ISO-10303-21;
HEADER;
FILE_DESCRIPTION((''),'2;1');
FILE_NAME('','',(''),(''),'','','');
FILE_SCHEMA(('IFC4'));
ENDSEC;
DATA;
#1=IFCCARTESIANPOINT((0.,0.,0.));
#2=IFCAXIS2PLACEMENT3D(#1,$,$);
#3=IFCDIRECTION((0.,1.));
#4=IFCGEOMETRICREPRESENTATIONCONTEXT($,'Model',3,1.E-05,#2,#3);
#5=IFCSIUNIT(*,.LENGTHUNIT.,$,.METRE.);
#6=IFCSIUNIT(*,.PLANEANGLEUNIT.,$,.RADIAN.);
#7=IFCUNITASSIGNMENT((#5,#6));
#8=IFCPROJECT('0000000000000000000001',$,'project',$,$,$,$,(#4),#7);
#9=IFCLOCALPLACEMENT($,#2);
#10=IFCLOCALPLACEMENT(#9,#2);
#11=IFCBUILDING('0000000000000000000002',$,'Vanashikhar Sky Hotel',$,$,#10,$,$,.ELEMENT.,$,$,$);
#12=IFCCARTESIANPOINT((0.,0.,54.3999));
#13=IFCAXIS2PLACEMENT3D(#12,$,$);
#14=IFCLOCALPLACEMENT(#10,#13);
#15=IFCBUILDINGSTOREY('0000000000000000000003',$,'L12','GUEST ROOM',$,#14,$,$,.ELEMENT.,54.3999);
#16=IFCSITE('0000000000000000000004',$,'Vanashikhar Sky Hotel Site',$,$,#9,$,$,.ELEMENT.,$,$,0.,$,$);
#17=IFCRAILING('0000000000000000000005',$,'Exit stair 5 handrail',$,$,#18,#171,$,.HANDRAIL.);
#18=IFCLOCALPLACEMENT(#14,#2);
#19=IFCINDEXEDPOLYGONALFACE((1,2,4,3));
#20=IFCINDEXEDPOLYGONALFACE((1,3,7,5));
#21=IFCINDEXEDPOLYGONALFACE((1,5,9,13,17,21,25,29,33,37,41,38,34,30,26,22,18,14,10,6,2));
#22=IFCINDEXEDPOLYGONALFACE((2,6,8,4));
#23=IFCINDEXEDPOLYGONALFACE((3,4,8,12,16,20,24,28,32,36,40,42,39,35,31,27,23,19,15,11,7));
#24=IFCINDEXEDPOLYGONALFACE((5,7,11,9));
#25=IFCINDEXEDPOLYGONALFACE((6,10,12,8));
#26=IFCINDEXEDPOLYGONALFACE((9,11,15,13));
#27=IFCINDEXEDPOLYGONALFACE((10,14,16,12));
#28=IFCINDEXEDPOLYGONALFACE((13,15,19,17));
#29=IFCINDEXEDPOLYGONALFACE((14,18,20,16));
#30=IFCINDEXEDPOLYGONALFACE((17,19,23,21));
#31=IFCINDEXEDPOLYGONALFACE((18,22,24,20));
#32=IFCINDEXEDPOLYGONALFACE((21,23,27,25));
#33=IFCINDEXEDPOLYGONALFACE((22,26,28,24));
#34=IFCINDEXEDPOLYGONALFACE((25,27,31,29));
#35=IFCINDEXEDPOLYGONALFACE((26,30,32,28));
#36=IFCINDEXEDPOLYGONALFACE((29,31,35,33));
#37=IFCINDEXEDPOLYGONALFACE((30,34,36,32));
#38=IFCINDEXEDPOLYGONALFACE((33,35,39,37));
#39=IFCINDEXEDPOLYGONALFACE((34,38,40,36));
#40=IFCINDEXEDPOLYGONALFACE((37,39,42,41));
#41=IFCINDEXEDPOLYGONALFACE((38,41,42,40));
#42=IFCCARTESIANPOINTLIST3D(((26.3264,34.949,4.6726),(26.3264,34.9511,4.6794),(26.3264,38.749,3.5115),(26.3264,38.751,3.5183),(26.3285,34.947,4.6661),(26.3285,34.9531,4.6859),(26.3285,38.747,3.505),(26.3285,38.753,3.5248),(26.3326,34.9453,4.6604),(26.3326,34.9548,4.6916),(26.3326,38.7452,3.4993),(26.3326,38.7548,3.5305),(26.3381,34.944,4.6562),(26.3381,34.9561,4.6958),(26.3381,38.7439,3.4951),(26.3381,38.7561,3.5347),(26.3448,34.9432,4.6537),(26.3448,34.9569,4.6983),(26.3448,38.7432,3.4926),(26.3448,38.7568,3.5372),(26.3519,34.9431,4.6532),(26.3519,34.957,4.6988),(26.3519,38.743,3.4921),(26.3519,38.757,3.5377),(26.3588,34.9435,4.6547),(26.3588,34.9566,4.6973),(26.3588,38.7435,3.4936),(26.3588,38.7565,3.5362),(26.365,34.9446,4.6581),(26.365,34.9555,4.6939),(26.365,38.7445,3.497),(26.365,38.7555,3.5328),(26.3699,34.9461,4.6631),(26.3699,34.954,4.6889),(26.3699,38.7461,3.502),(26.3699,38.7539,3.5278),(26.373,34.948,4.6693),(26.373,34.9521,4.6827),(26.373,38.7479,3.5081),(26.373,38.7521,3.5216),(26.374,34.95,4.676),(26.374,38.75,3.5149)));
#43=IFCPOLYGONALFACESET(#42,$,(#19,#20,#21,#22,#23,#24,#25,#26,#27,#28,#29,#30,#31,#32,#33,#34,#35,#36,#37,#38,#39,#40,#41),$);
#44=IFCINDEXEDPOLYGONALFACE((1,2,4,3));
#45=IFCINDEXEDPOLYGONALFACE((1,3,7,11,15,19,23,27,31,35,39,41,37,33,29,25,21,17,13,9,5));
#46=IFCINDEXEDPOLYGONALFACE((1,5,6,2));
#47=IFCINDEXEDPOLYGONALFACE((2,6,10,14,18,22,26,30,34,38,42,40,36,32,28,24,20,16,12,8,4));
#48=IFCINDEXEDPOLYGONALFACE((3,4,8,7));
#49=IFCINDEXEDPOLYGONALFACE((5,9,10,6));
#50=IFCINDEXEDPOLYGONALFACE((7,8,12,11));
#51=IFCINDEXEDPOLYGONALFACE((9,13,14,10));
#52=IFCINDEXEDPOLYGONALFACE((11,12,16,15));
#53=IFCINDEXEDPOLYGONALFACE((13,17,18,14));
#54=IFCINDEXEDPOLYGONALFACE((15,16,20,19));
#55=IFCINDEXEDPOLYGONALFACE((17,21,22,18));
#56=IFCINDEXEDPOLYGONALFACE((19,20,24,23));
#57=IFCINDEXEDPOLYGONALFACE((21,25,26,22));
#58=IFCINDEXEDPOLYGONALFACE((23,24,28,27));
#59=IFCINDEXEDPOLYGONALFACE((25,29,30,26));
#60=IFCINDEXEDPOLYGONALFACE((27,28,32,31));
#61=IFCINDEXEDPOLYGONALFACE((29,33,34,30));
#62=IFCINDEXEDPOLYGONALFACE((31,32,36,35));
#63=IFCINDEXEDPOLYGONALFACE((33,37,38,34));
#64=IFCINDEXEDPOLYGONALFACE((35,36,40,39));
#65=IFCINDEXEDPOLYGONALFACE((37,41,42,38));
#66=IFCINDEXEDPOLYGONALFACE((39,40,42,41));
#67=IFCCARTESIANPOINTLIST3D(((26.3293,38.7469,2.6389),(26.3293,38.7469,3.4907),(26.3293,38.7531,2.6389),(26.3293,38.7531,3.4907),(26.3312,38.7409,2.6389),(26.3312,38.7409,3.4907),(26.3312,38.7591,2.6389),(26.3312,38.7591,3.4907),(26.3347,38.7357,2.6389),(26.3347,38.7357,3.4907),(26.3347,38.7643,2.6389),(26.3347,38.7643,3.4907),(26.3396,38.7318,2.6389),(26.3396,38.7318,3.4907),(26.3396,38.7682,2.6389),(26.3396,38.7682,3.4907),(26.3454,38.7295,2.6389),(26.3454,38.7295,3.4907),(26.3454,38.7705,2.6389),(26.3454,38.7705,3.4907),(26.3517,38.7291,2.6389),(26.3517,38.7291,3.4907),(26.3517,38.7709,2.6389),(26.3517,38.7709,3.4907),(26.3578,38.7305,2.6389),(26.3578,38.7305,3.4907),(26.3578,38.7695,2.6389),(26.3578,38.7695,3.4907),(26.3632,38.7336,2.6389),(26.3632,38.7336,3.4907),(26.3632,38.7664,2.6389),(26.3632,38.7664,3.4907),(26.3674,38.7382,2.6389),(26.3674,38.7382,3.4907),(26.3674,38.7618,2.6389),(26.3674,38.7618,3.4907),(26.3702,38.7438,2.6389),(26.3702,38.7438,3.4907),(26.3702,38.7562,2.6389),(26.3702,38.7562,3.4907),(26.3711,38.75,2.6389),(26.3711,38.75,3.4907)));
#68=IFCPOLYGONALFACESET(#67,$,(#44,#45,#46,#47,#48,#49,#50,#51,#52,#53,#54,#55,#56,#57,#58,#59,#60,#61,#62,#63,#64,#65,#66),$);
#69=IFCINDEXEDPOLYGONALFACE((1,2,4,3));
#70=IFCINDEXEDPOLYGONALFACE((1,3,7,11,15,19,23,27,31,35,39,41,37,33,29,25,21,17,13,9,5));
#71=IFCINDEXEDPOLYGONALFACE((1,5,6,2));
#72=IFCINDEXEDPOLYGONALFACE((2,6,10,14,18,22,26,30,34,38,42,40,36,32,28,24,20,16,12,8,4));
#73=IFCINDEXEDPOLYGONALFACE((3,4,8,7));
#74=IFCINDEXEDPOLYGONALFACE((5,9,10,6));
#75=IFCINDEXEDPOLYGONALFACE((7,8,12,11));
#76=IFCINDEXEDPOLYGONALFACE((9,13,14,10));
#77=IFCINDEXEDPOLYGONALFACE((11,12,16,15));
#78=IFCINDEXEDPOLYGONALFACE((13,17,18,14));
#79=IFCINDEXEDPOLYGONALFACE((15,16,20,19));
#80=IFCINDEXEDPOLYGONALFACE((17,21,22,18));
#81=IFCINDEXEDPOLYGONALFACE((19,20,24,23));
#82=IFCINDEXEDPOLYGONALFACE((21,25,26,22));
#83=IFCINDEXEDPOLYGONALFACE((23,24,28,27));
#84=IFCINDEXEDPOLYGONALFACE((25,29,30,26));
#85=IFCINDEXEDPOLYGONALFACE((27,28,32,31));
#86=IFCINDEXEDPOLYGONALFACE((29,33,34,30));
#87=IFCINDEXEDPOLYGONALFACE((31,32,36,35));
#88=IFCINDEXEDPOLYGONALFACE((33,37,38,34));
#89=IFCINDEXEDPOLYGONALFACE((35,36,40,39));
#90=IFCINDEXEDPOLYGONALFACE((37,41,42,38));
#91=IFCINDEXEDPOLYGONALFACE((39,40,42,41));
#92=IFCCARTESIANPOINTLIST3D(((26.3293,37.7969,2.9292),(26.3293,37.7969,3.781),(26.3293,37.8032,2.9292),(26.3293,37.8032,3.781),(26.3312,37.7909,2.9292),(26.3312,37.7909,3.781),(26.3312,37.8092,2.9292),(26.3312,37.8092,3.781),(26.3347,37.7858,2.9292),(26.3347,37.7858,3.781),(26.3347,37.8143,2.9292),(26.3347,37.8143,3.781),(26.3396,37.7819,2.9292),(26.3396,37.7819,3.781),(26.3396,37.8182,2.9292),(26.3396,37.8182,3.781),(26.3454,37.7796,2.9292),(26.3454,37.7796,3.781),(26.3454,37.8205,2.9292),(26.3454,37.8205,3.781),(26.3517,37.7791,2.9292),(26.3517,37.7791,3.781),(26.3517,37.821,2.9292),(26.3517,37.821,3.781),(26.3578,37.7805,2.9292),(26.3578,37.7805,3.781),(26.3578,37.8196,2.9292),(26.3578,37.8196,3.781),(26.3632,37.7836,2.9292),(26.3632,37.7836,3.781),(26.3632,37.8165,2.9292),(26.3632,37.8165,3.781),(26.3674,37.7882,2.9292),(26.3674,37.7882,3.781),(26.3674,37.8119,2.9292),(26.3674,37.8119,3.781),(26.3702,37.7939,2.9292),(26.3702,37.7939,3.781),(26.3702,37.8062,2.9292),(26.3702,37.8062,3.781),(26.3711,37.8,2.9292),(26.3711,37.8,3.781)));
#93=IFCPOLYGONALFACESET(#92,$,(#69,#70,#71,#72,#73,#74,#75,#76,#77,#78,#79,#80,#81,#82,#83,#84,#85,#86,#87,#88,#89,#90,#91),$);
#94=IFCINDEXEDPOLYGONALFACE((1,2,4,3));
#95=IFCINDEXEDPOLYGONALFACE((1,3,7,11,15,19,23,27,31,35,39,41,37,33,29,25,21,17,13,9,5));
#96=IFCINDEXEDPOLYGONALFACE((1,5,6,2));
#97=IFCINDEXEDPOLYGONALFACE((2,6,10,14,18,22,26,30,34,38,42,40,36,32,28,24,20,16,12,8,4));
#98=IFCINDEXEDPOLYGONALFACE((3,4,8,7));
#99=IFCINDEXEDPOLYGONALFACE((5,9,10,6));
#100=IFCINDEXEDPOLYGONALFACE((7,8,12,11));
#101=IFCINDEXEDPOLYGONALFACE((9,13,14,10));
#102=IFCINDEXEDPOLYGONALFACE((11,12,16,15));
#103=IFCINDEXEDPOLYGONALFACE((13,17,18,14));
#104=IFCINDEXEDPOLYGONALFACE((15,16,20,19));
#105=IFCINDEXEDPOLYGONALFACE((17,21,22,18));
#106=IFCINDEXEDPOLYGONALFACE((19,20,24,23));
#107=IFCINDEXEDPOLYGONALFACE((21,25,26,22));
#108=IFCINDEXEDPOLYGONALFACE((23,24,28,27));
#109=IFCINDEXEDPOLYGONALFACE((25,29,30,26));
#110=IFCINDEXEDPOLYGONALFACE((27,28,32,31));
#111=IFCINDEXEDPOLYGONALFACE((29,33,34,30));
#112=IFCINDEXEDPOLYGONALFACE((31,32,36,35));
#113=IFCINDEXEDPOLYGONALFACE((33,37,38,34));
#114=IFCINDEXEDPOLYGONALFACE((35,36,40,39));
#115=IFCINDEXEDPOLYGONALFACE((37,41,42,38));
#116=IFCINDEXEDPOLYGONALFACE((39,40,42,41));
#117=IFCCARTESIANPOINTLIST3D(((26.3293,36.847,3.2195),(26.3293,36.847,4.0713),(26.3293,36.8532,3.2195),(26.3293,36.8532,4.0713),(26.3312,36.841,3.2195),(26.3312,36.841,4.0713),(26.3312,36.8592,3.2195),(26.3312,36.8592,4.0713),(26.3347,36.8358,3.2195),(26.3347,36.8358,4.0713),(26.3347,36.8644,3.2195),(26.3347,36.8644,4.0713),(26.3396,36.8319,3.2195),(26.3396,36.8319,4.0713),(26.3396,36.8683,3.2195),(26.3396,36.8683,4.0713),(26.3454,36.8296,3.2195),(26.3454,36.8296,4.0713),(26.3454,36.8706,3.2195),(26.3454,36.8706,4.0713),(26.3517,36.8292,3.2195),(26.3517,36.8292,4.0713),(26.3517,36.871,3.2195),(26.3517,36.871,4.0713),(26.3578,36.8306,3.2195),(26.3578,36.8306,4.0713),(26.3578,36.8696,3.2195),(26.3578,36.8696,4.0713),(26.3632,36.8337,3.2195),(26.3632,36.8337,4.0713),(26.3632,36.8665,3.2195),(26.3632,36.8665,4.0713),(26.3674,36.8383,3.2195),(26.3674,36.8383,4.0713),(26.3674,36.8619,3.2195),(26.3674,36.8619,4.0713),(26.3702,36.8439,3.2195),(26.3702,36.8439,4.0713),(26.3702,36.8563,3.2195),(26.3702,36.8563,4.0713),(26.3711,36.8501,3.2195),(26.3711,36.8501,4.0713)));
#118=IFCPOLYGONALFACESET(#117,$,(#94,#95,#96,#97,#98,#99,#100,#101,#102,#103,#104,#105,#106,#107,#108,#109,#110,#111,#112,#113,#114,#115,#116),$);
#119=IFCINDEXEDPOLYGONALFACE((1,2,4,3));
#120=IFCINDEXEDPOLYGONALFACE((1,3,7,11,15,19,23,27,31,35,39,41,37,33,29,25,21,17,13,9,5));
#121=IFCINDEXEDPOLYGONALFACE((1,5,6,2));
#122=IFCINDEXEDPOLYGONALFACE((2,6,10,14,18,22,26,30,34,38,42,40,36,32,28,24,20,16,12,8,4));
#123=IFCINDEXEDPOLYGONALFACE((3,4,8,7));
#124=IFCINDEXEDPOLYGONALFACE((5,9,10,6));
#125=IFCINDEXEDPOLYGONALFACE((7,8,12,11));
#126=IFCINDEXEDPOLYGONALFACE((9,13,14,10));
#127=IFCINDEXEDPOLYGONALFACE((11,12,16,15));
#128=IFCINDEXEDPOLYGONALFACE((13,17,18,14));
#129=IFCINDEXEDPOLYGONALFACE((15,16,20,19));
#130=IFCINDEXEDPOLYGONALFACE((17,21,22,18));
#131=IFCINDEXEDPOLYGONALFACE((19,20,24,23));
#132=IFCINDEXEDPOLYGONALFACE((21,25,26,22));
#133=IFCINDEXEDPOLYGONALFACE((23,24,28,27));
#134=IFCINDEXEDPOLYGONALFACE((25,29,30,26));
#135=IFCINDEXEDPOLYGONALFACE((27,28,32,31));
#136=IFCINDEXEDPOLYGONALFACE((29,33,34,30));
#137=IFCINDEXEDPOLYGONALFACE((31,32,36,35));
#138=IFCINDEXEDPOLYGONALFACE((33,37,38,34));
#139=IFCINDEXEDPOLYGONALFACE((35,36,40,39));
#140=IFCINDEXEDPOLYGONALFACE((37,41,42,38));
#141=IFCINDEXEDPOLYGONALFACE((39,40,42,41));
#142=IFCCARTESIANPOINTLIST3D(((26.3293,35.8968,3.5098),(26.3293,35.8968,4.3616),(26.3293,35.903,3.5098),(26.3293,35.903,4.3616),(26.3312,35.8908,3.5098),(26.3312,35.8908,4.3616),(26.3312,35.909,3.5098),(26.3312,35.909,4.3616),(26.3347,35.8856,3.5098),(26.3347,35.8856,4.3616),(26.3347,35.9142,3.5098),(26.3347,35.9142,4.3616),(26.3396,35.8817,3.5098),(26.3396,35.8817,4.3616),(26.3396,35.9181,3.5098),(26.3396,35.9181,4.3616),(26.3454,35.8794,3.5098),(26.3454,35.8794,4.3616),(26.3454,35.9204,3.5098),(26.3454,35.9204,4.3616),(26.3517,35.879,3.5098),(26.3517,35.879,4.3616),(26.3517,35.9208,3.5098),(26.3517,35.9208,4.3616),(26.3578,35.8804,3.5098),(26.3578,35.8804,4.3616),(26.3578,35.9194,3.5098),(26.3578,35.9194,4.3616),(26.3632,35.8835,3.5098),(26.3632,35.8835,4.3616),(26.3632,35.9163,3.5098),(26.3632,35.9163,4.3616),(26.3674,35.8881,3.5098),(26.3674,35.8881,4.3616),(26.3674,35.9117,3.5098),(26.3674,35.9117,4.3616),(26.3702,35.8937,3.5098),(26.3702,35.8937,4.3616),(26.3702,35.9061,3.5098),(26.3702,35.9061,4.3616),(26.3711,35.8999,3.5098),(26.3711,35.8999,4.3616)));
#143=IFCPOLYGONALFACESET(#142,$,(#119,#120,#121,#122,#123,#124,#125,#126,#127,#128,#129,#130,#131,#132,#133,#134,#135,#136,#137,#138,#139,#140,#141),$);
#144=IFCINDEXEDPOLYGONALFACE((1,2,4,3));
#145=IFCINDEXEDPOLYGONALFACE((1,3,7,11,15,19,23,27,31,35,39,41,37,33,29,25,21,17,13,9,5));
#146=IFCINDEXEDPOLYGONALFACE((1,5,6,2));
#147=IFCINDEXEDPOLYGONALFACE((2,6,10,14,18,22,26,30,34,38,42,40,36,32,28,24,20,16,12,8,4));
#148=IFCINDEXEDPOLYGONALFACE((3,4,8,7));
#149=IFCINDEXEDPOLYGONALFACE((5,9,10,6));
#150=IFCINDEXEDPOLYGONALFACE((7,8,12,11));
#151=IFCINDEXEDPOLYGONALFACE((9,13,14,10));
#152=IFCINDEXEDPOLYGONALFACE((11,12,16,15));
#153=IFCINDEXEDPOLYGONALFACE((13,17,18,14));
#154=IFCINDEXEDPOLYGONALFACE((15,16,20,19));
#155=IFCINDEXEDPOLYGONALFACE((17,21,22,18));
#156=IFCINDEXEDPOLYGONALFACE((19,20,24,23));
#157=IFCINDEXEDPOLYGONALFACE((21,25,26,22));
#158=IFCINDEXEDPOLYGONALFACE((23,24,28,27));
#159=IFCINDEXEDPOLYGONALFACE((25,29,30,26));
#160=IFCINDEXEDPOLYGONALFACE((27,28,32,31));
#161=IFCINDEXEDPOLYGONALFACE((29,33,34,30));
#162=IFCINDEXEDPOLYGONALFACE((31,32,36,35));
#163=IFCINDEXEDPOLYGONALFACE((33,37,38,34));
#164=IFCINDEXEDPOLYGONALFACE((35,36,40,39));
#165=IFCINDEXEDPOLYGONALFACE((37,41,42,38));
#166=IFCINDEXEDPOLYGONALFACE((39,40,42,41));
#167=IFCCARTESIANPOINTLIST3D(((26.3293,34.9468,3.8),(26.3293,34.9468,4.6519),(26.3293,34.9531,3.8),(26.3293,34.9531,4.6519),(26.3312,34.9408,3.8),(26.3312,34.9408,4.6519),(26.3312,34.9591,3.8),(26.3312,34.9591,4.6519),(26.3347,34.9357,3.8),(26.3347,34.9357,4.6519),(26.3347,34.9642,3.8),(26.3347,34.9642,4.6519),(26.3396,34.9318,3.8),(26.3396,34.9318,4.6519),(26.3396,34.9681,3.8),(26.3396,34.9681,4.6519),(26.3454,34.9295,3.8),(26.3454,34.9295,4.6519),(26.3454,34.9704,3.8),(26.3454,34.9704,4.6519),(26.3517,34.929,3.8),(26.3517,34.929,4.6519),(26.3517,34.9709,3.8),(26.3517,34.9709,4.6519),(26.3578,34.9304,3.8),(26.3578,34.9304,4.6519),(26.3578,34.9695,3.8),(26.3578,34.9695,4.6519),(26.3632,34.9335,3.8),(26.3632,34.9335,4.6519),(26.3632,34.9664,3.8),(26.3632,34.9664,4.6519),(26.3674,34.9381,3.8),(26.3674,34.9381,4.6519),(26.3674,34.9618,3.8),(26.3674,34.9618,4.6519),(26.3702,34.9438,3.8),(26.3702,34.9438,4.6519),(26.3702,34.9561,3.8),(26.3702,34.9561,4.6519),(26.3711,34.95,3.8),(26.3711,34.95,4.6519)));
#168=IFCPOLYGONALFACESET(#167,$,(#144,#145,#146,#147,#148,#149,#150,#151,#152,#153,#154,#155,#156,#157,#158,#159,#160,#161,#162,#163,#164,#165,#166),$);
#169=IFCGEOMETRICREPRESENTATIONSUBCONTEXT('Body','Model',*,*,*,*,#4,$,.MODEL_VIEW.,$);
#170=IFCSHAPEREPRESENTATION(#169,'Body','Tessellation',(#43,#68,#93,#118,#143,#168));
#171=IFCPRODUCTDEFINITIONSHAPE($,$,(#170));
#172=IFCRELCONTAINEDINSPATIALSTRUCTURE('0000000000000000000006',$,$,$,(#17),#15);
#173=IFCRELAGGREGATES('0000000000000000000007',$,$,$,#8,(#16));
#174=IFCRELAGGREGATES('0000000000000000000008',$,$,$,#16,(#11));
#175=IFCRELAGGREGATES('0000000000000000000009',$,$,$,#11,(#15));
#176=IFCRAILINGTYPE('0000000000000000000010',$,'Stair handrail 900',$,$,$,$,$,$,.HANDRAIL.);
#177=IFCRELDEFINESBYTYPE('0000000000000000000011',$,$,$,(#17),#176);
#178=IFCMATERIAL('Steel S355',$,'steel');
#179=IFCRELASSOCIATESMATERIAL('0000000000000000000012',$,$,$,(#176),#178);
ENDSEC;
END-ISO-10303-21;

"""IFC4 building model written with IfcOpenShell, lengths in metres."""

from ifc_helpers import new_model, si_unit, direction, frame, origin, origin_2d, place, context, subcontext, project, spatial, circle, extrude, source, transform, mapped, material, type_object, element, save


model = new_model("IFC4")

# Units and contexts
model_context = context("Model", 3, precision=1e-05, world=origin(), true_north=direction((0.0, 1.0)))
body_context = subcontext(model_context, "Body", "Model", "MODEL_VIEW")
ifc_project = project(units=[si_unit("LENGTHUNIT", "METRE"), si_unit("PLANEANGLEUNIT", "RADIAN")], contexts=[model_context])

# Site, building, storey
site_placement = place(None, origin())
site = spatial("IfcSite", under=ifc_project, at=site_placement, Name="Vanashikhar Sky Hotel Site", CompositionType="ELEMENT", RefElevation=0.0)
building_placement = place(site_placement, origin())
building = spatial("IfcBuilding", under=site, at=building_placement, Name="Vanashikhar Sky Hotel", CompositionType="ELEMENT")
storey_placement = place(building_placement, frame((0.0, 0.0, 54.3999)))
storey = spatial("IfcBuildingStorey", under=building, at=storey_placement, Name="L12", Description="GUEST ROOM", CompositionType="ELEMENT", Elevation=54.3999)

# Railing
ifc_material_1 = material(Name="Steel S355", Category="steel")
railing_type = type_object("IfcRailingType", Name="Stair handrail 900", PredefinedType="HANDRAIL", material=ifc_material_1)
shared_shape_1 = source(origin(), body_context, "Body", "SweptSolid", [
    extrude(circle(Radius=0.0239, at=origin_2d()), frame((0.0, 0.0, 0.876), z_axis=(0.0, -0.956351, 0.29222), x_axis=(1.0, 0.0, 0.0)), (0.0, 0.0, 1.0), 3.9734),
    extrude(circle(Radius=0.021, at=origin_2d()), origin(), (0.0, 0.0, 1.0), 0.8518),
    extrude(circle(Radius=0.021, at=origin_2d()), frame((0.0, -0.95, 0.2903)), (0.0, 0.0, 1.0), 0.8518),
    extrude(circle(Radius=0.021, at=origin_2d()), frame((0.0, -1.8999, 0.5806)), (0.0, 0.0, 1.0), 0.8518),
    extrude(circle(Radius=0.021, at=origin_2d()), frame((0.0, -2.8501, 0.8708)), (0.0, 0.0, 1.0), 0.8518),
    extrude(circle(Radius=0.021, at=origin_2d()), frame((0.0, -3.8, 1.1611)), (0.0, 0.0, 1.0), 0.8518),
])
for number, where, name in (
    (1, (26.3501, 38.75, 2.6389), "Exit stair 5 handrail"),
):
    element("IfcRailing", number, at=place(storey_placement, frame(where)), inside=storey, type_object=railing_type, Name=name, PredefinedType="HANDRAIL", context=body_context, shape_type="MappedRepresentation", body=[
        mapped(shared_shape_1, transform((0.0, 0.0, 0.0), scale=1.0)),
    ])

save(model, "model.ifc")
